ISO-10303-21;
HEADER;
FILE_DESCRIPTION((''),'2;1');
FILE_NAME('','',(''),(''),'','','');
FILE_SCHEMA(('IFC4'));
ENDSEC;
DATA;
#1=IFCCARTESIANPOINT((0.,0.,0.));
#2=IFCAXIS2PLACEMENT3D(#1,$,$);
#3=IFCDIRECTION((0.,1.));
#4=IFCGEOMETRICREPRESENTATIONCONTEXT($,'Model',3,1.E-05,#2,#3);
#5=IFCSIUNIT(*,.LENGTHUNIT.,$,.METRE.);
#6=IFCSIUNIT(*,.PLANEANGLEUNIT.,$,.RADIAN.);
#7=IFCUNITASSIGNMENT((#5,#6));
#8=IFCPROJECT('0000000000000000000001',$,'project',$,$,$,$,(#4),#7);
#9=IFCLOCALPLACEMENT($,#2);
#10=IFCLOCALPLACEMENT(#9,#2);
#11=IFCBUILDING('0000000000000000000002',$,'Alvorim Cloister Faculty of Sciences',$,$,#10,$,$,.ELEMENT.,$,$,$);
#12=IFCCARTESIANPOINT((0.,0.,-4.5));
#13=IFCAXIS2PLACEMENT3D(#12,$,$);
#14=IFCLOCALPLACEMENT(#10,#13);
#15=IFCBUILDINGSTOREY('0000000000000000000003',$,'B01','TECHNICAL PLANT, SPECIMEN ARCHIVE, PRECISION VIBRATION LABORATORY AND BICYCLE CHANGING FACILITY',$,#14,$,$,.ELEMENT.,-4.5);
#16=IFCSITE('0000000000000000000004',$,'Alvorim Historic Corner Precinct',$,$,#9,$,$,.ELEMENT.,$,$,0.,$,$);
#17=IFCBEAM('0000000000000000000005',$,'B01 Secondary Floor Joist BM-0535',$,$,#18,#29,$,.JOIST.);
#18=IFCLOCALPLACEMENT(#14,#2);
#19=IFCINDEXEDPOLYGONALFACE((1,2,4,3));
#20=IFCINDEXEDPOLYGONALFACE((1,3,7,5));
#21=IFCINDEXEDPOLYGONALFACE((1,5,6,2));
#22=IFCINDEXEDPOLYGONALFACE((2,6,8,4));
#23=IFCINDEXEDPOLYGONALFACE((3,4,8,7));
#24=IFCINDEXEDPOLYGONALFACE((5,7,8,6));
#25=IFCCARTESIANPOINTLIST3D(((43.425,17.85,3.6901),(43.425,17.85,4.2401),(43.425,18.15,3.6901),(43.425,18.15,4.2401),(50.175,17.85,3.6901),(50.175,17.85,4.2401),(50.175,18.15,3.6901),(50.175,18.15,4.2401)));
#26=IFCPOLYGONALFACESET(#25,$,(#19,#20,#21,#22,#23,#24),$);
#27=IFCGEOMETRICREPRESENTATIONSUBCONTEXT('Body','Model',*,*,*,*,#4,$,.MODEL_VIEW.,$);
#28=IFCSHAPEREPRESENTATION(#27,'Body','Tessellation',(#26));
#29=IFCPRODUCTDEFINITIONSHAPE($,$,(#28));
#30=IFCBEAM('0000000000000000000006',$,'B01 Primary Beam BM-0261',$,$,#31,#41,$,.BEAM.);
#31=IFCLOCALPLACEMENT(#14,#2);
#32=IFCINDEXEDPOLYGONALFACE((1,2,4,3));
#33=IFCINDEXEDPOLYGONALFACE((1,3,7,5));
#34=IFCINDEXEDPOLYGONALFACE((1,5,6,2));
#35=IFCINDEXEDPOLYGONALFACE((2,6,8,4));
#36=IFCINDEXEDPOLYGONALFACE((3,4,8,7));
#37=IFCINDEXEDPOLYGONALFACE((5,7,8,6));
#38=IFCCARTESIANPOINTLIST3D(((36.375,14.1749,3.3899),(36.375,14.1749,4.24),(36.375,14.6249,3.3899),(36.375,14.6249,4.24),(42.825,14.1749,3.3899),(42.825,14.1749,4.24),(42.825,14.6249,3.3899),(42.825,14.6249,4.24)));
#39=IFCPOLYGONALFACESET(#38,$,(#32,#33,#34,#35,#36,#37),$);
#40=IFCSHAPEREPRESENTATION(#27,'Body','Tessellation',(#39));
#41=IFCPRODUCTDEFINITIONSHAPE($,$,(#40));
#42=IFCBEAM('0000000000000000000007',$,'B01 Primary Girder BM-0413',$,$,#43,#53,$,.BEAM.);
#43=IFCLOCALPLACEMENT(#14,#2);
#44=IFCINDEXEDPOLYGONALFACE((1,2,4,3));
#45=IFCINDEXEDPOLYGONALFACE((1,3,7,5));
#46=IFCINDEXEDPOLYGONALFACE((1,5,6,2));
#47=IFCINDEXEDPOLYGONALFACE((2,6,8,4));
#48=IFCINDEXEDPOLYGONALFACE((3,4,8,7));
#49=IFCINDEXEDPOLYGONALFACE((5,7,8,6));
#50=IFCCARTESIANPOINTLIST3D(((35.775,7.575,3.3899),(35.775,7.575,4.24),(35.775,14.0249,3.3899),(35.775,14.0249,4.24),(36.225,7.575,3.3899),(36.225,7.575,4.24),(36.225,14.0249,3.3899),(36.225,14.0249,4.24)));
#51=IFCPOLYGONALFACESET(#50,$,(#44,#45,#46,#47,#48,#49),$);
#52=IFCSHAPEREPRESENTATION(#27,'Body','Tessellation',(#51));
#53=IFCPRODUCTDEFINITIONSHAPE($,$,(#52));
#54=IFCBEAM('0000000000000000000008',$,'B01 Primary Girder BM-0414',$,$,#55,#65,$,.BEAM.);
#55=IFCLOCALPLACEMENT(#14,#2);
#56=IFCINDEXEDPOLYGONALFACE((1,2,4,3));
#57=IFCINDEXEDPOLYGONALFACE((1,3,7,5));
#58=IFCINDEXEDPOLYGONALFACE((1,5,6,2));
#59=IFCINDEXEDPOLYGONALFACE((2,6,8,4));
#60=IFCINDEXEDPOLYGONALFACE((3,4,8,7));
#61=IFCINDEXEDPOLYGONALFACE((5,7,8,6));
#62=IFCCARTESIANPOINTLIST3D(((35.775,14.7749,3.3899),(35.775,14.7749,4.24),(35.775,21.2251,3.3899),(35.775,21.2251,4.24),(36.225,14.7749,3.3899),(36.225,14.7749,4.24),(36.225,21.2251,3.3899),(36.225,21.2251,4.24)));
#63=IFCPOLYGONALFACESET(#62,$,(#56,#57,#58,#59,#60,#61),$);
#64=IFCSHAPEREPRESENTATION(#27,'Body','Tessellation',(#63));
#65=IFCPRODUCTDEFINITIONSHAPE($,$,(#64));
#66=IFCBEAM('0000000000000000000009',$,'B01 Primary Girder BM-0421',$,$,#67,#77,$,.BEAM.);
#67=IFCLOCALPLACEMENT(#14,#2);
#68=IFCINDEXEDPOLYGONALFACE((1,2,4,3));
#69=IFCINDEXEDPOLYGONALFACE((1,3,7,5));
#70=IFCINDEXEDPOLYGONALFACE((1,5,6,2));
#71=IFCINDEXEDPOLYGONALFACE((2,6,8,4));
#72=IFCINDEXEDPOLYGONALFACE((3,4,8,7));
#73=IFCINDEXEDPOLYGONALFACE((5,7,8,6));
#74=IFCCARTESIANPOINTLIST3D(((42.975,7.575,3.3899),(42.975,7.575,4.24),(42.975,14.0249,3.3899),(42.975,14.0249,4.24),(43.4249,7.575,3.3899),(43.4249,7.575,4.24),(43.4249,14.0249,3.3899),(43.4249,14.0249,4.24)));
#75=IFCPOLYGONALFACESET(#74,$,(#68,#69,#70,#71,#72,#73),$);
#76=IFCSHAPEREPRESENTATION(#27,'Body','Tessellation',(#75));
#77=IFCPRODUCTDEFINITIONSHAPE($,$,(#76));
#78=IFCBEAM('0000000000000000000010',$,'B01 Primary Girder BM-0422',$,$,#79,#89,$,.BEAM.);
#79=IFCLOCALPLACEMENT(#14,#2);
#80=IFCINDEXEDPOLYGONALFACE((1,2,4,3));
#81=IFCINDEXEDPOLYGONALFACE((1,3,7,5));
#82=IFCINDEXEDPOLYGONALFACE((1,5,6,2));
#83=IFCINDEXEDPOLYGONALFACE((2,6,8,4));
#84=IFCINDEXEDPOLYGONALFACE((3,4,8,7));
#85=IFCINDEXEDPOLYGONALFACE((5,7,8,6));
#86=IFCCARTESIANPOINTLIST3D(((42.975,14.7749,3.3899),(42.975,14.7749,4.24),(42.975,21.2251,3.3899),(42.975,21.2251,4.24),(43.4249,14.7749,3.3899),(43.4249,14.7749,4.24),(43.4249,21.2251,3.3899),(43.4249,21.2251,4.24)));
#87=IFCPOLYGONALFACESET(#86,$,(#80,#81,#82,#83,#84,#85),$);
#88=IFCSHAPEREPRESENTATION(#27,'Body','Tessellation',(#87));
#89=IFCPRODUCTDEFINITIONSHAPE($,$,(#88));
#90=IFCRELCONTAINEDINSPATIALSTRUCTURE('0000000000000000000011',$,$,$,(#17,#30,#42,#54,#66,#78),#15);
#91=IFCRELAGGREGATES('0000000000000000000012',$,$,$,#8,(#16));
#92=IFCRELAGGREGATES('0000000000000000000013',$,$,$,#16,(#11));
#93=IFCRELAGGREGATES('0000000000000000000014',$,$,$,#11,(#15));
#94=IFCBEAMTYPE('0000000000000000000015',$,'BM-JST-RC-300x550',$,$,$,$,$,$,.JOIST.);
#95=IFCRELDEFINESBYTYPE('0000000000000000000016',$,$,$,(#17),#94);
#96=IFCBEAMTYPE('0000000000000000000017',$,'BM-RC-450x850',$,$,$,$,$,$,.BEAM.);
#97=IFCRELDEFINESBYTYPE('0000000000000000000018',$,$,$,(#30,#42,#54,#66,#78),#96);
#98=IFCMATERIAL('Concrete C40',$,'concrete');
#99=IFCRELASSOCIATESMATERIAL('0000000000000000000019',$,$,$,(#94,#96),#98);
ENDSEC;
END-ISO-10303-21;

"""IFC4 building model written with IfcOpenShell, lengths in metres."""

from ifc_helpers import new_model, si_unit, direction, frame, origin, origin_2d, place, context, subcontext, project, spatial, rectangle, extrude, material, material_profile, profile_set, type_object, element, save


model = new_model("IFC4")

# Units and contexts
model_context = context("Model", 3, precision=1e-05, world=origin(), true_north=direction((0.0, 1.0)))
body_context = subcontext(model_context, "Body", "Model", "MODEL_VIEW")
ifc_project = project(units=[si_unit("LENGTHUNIT", "METRE"), si_unit("PLANEANGLEUNIT", "RADIAN")], contexts=[model_context])

# Site, building, storey
site_placement = place(None, origin())
site = spatial("IfcSite", under=ifc_project, at=site_placement, Name="Alvorim Historic Corner Precinct", CompositionType="ELEMENT", RefElevation=0.0)
building_placement = place(site_placement, origin())
building = spatial("IfcBuilding", under=site, at=building_placement, Name="Alvorim Cloister Faculty of Sciences", CompositionType="ELEMENT")
storey_placement = place(building_placement, frame((0.0, 0.0, -4.5)))
storey = spatial("IfcBuildingStorey", under=building, at=storey_placement, Name="B01", Description="TECHNICAL PLANT, SPECIMEN ARCHIVE, PRECISION VIBRATION LABORATORY AND BICYCLE CHANGING FACILITY", CompositionType="ELEMENT", Elevation=-4.5)

# Shared definitions
ifc_material_1 = material(Name="Concrete C40", Category="concrete")

# Beams
ifc_material_profile_1 = material_profile(ifc_material_1, rectangle(XDim=0.3, YDim=0.55, at=origin_2d()), Name="RC40-JST-300x550")
ifc_profile_set_1 = profile_set([ifc_material_profile_1], Name="Concrete C40")
beam_type_1 = type_object("IfcBeamType", Name="BM-JST-RC-300x550", PredefinedType="JOIST", material=ifc_profile_set_1)
for number, where, z_axis, x_axis, name in (
    (1, (43.425, 18.0, 3.9651), (1.0, 0.0, 0.0), (0.0, 1.0, 0.0), "B01 Secondary Floor Joist BM-0535"),
):
    element("IfcBeam", number, at=place(storey_placement, frame(where, z_axis=z_axis, x_axis=x_axis)), inside=storey, type_object=beam_type_1, Name=name, PredefinedType="JOIST", context=body_context, shape_type="SweptSolid", body=[
        extrude(rectangle(XDim=0.3, YDim=0.55, at=origin_2d()), origin(), (0.0, 0.0, 1.0), 6.75),
    ])
ifc_material_profile_2 = material_profile(ifc_material_1, rectangle(XDim=0.45, YDim=0.8501, at=origin_2d()), Name="RC40-BM-450x850")
ifc_profile_set_2 = profile_set([ifc_material_profile_2], Name="Concrete C40")
beam_type_2 = type_object("IfcBeamType", Name="BM-RC-450x850", PredefinedType="BEAM", material=ifc_profile_set_2)
for number, where, z_axis, x_axis, name in (
    (2, (36.375, 14.3999, 3.8149), (1.0, 0.0, 0.0), (0.0, 1.0, 0.0), "B01 Primary Beam BM-0261"),
    (3, (36.0, 7.575, 3.8149), (0.0, 1.0, 0.0), (-1.0, 0.0, 0.0), "B01 Primary Girder BM-0413"),
):
    element("IfcBeam", number, at=place(storey_placement, frame(where, z_axis=z_axis, x_axis=x_axis)), inside=storey, type_object=beam_type_2, Name=name, PredefinedType="BEAM", context=body_context, shape_type="SweptSolid", body=[
        extrude(rectangle(XDim=0.45, YDim=0.8501, at=origin_2d()), origin(), (0.0, 0.0, 1.0), 6.45),
    ])
beam_1_placement = place(storey_placement, frame((36.0, 14.7749, 3.8149), z_axis=(0.0, 1.0, 0.0), x_axis=(-1.0, 0.0, 0.0)))
element("IfcBeam", 4, at=beam_1_placement, inside=storey, type_object=beam_type_2, Name="B01 Primary Girder BM-0414", PredefinedType="BEAM", context=body_context, shape_type="SweptSolid", body=[
    extrude(rectangle(XDim=0.45, YDim=0.8501, at=origin_2d()), origin(), (0.0, 0.0, 1.0), 6.4502),
])
beam_2_placement = place(storey_placement, frame((43.2, 7.575, 3.8149), z_axis=(0.0, 1.0, 0.0), x_axis=(-1.0, 0.0, 0.0)))
element("IfcBeam", 5, at=beam_2_placement, inside=storey, type_object=beam_type_2, Name="B01 Primary Girder BM-0421", PredefinedType="BEAM", context=body_context, shape_type="SweptSolid", body=[
    extrude(rectangle(XDim=0.45, YDim=0.8501, at=origin_2d()), origin(), (0.0, 0.0, 1.0), 6.45),
])
beam_3_placement = place(storey_placement, frame((43.2, 14.7749, 3.8149), z_axis=(0.0, 1.0, 0.0), x_axis=(-1.0, 0.0, 0.0)))
element("IfcBeam", 6, at=beam_3_placement, inside=storey, type_object=beam_type_2, Name="B01 Primary Girder BM-0422", PredefinedType="BEAM", context=body_context, shape_type="SweptSolid", body=[
    extrude(rectangle(XDim=0.45, YDim=0.8501, at=origin_2d()), origin(), (0.0, 0.0, 1.0), 6.4502),
])

save(model, "model.ifc")
